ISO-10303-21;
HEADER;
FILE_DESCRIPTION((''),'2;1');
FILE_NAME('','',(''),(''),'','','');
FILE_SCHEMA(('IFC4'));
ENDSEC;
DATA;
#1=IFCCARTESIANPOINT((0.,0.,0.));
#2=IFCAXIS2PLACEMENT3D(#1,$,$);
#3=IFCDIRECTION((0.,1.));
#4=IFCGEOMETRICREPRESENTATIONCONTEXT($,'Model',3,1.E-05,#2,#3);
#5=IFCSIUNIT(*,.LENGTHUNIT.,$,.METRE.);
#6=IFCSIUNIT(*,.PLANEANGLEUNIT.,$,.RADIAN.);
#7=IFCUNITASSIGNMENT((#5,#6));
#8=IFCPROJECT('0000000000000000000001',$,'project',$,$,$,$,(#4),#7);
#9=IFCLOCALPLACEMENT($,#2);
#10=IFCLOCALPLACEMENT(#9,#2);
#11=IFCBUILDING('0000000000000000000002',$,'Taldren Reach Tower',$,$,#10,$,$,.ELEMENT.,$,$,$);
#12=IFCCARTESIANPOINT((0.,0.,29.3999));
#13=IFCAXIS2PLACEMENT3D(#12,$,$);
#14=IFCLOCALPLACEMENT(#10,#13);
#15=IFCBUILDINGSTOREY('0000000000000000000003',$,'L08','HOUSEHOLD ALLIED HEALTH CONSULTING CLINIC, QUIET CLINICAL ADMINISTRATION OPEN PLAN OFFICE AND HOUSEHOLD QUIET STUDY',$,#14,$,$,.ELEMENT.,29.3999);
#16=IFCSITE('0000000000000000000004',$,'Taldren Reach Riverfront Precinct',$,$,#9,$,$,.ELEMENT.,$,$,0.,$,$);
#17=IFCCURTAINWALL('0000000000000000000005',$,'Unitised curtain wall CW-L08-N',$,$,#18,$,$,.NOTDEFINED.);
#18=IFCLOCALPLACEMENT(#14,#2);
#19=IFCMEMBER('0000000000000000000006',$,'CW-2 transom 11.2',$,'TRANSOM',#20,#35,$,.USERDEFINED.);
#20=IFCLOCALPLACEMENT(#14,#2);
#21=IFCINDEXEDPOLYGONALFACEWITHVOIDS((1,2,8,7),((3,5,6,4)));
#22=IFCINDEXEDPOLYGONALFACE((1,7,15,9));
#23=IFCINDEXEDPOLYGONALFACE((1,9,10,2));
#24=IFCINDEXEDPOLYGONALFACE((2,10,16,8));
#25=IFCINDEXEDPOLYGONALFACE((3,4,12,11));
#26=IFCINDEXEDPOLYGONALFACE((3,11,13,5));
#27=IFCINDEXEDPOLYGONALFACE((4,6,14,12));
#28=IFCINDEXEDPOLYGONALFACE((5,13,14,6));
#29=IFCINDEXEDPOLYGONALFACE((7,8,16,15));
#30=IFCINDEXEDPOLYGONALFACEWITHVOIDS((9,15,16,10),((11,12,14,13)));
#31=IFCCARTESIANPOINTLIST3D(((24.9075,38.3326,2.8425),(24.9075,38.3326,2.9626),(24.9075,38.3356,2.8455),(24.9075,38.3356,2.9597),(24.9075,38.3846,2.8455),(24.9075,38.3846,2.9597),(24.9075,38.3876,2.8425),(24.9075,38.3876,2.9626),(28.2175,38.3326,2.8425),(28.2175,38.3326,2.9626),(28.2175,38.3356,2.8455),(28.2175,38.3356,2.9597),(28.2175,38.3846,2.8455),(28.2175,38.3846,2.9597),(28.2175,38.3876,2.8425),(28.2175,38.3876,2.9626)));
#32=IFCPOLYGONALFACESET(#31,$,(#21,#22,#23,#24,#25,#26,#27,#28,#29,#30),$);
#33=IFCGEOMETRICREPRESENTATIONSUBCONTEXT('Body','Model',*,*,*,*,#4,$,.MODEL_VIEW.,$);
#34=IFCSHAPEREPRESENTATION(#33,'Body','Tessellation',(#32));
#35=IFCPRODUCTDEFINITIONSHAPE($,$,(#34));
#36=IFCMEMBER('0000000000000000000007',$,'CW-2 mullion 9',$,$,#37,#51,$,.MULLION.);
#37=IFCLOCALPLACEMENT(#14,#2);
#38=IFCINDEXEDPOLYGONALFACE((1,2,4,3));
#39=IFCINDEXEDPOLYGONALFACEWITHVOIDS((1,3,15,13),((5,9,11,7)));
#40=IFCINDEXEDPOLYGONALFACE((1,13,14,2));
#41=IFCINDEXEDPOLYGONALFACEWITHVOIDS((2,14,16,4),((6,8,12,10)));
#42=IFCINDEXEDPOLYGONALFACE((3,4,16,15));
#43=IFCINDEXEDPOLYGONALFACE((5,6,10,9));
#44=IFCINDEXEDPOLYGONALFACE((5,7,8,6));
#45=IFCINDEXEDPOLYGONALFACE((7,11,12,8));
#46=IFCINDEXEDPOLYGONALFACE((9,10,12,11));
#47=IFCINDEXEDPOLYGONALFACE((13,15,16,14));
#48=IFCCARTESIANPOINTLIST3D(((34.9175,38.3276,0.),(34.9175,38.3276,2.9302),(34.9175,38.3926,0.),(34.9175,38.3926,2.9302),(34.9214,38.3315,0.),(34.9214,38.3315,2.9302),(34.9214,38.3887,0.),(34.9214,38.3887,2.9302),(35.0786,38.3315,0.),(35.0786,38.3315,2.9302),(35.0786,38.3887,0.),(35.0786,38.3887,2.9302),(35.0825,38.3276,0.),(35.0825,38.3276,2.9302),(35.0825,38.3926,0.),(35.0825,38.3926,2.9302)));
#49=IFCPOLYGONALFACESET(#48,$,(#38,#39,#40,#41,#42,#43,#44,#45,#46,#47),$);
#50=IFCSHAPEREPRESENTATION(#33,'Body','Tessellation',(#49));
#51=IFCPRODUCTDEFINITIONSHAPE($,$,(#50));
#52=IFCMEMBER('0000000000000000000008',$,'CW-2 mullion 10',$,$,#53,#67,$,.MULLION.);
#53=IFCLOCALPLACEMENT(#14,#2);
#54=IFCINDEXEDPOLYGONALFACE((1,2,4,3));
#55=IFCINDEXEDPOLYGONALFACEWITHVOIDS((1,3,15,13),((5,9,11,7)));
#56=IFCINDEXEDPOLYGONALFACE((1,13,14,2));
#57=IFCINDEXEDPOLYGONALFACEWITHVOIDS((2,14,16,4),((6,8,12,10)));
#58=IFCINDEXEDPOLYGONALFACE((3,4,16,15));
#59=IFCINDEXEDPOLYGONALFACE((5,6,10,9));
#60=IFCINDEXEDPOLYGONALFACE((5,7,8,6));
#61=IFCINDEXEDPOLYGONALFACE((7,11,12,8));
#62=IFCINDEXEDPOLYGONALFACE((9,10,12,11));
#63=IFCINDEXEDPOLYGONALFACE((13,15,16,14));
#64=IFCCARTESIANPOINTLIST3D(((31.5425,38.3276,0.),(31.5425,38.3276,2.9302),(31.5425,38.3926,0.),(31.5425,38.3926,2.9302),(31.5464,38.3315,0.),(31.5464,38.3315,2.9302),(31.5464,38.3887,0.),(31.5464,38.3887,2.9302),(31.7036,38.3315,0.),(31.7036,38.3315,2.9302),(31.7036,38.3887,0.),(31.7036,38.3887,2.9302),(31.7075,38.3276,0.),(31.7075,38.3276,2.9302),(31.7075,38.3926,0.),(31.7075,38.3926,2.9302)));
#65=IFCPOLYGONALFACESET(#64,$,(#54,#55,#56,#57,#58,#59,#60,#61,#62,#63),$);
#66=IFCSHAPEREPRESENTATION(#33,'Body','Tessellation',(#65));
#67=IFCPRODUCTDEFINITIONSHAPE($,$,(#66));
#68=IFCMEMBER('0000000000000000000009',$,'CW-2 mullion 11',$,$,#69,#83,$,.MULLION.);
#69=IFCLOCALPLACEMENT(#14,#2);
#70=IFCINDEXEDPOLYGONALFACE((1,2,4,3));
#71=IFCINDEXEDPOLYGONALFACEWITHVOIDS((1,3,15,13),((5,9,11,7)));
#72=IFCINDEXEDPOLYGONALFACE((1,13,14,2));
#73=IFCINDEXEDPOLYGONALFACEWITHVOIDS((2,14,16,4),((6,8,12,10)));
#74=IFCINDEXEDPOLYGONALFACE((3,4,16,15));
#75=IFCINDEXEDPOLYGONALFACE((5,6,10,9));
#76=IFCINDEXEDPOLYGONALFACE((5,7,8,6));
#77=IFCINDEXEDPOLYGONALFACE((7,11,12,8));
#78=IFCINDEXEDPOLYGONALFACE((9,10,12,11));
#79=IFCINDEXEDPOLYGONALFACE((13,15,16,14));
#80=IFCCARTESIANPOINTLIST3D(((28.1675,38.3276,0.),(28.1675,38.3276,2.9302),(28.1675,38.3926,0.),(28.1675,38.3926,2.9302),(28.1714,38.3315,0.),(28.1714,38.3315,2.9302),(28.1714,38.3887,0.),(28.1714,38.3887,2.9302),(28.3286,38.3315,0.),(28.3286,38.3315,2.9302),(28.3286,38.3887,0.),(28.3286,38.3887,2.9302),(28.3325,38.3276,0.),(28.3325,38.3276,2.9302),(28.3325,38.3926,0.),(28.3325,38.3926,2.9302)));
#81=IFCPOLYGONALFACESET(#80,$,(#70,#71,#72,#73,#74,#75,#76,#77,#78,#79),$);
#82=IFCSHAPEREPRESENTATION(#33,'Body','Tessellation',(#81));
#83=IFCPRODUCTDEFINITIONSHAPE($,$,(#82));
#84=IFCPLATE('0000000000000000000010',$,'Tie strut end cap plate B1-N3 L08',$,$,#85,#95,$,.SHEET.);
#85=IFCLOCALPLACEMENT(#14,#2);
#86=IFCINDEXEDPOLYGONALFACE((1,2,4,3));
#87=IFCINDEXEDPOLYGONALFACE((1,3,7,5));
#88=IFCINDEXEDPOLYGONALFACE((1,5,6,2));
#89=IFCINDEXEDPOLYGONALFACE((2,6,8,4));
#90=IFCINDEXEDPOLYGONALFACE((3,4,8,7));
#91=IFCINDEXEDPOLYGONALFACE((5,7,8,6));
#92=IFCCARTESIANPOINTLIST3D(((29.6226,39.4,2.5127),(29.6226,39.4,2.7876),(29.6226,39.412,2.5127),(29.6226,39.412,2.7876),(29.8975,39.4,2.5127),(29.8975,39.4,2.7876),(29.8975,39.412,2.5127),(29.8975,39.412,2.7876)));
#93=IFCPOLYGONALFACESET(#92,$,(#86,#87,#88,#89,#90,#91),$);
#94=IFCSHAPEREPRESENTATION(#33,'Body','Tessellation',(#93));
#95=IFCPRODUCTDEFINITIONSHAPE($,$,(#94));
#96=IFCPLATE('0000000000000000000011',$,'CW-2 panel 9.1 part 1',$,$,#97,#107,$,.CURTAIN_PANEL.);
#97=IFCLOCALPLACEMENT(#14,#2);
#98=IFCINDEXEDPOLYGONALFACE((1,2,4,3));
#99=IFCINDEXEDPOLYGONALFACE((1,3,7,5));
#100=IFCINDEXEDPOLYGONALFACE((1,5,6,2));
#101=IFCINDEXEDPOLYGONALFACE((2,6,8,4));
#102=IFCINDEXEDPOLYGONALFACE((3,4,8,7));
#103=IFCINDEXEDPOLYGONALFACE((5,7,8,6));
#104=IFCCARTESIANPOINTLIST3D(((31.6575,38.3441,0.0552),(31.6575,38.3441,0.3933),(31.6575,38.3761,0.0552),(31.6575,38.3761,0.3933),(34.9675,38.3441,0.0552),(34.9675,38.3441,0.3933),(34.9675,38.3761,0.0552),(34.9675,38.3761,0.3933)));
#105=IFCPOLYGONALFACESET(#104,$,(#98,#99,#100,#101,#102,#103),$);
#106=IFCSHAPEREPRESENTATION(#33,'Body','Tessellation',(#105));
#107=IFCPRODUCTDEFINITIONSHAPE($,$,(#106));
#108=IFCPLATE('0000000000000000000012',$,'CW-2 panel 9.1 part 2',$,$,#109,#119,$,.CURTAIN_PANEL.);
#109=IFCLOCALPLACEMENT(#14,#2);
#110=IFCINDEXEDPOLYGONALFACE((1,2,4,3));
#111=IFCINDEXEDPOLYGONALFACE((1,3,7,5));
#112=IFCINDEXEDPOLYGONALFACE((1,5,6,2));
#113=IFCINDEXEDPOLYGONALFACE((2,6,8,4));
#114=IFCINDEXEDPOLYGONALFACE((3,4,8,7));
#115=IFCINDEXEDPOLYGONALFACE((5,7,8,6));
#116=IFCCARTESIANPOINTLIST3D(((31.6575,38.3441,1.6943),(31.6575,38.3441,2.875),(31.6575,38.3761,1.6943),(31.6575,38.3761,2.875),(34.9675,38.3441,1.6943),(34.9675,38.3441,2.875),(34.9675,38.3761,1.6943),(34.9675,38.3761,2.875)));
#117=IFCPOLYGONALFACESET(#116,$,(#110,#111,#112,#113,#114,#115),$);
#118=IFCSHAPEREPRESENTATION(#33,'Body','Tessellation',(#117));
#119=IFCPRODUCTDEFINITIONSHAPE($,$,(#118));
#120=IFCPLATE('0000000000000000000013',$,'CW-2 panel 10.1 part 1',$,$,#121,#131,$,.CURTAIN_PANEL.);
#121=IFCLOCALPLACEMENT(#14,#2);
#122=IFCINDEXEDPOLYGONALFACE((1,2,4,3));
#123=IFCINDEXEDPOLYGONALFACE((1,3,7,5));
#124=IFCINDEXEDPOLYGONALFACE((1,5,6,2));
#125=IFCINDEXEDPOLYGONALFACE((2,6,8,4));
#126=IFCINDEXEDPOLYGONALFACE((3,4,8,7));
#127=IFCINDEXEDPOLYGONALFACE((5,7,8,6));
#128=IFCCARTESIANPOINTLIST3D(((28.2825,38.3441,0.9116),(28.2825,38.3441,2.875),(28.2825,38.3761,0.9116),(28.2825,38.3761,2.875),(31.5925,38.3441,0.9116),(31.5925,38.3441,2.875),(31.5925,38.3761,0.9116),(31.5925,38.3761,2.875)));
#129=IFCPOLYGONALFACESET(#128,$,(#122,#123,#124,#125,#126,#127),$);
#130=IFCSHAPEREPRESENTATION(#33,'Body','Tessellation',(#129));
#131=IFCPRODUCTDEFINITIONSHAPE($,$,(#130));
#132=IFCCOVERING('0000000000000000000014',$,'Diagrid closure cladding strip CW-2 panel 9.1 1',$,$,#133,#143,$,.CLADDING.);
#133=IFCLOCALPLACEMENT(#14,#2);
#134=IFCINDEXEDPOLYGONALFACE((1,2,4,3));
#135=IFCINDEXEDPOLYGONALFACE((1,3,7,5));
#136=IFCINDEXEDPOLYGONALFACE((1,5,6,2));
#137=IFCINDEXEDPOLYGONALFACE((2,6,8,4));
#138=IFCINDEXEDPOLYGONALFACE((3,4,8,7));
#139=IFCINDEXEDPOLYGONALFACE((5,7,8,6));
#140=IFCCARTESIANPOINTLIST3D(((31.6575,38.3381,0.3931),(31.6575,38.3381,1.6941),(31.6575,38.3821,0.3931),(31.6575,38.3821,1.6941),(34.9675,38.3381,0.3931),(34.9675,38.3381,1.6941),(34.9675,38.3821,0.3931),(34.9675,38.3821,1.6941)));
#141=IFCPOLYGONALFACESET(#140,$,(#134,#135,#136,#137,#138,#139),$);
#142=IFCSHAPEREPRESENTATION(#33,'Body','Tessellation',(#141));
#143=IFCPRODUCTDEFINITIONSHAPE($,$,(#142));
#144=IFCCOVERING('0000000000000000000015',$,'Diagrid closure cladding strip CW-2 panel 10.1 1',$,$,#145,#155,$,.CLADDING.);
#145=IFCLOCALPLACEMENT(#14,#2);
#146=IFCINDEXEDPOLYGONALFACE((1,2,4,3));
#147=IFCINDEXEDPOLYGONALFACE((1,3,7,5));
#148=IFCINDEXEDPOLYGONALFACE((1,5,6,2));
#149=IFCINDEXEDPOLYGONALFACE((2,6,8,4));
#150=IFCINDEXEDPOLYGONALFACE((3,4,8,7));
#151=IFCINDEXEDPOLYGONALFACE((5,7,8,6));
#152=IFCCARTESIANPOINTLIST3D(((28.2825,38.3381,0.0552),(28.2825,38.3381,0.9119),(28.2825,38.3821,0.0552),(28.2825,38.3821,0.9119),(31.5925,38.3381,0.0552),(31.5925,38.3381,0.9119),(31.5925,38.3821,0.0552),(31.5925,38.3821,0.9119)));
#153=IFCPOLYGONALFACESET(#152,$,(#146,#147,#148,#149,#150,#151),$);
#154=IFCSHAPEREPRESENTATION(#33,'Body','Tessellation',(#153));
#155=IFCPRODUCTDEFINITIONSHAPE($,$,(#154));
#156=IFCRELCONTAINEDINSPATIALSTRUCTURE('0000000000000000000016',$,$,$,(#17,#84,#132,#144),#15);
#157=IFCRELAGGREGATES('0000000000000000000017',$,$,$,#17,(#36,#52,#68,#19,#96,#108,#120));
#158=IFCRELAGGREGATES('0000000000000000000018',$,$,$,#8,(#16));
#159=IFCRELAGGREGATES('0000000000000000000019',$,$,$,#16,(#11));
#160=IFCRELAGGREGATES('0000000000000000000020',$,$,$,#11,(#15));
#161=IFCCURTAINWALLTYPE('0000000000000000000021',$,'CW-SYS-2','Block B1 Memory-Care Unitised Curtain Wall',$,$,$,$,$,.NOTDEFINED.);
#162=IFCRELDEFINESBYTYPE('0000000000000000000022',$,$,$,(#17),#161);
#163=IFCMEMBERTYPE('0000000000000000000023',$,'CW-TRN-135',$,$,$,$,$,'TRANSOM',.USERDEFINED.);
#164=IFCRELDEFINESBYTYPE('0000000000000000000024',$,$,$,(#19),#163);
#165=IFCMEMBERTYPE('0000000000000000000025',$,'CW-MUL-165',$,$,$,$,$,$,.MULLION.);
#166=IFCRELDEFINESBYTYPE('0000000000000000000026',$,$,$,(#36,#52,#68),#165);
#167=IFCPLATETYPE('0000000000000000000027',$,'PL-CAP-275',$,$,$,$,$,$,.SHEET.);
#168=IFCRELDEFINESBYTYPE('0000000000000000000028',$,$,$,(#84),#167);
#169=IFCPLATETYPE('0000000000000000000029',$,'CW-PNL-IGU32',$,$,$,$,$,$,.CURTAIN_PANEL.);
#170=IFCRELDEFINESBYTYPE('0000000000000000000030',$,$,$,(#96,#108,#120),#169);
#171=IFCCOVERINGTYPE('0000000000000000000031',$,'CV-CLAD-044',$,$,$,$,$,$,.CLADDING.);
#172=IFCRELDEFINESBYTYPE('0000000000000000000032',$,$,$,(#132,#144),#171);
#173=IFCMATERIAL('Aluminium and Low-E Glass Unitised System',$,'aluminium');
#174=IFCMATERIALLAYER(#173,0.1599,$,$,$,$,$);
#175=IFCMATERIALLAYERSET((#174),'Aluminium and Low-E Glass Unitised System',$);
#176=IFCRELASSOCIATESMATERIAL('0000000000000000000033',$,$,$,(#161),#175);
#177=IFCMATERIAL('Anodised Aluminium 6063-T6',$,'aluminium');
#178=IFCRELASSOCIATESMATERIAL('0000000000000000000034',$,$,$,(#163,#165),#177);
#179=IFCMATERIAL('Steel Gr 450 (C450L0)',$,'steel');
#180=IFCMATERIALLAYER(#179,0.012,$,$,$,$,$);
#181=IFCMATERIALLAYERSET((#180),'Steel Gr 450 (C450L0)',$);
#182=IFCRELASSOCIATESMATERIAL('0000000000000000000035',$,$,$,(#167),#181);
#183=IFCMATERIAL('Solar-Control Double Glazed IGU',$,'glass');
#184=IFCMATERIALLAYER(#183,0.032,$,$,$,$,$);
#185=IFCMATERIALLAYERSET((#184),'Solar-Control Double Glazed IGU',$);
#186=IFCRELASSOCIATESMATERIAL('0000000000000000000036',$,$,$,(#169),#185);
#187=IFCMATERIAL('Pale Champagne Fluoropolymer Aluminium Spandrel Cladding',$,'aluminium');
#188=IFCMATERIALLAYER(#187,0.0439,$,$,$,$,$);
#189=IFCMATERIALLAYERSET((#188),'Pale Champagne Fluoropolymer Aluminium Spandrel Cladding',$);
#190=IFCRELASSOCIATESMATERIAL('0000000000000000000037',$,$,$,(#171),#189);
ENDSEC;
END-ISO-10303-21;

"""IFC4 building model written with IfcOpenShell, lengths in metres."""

from ifc_helpers import new_model, si_unit, direction, frame, origin, origin_2d, place, context, subcontext, project, spatial, rectangle, hollow_rectangle, extrude, source, transform, mapped, material, layer, layer_set, material_profile, profile_set, type_object, element, aggregate, save


model = new_model("IFC4")

# Units and contexts
model_context = context("Model", 3, precision=1e-05, world=origin(), true_north=direction((0.0, 1.0)))
body_context = subcontext(model_context, "Body", "Model", "MODEL_VIEW")
ifc_project = project(units=[si_unit("LENGTHUNIT", "METRE"), si_unit("PLANEANGLEUNIT", "RADIAN")], contexts=[model_context])

# Site, building, storey
site_placement = place(None, origin())
site = spatial("IfcSite", under=ifc_project, at=site_placement, Name="Taldren Reach Riverfront Precinct", CompositionType="ELEMENT", RefElevation=0.0)
building_placement = place(site_placement, origin())
building = spatial("IfcBuilding", under=site, at=building_placement, Name="Taldren Reach Tower", CompositionType="ELEMENT")
storey_placement = place(building_placement, frame((0.0, 0.0, 29.3999)))
storey = spatial("IfcBuildingStorey", under=building, at=storey_placement, Name="L08", Description="HOUSEHOLD ALLIED HEALTH CONSULTING CLINIC, QUIET CLINICAL ADMINISTRATION OPEN PLAN OFFICE AND HOUSEHOLD QUIET STUDY", CompositionType="ELEMENT", Elevation=29.3999)

# Shared definitions
ifc_material_1 = material(Name="Steel Gr 450 (C450L0)", Category="steel")

# Curtain wall, members
ifc_material_2 = material(Name="Aluminium and Low-E Glass Unitised System", Category="aluminium")
ifc_layer_1 = layer(ifc_material_2, 0.1599)
ifc_layer_set_1 = layer_set([ifc_layer_1], Name="Aluminium and Low-E Glass Unitised System")
curtain_wall_type = type_object("IfcCurtainWallType", Name="CW-SYS-2", Description="Block B1 Memory-Care Unitised Curtain Wall", PredefinedType="NOTDEFINED", material=ifc_layer_set_1)
curtain_wall_placement = place(storey_placement, origin())
curtain_wall = element("IfcCurtainWall", 1, at=curtain_wall_placement, inside=storey, type_object=curtain_wall_type, Name="Unitised curtain wall CW-L08-N", PredefinedType="NOTDEFINED")
ifc_material_3 = material(Name="Anodised Aluminium 6063-T6", Category="aluminium")
ifc_material_profile_1 = material_profile(ifc_material_3, hollow_rectangle(XDim=0.0549, YDim=0.1201, WallThickness=0.0029, at=origin_2d()), Name="ALU-120x55x3RHS")
ifc_profile_set_1 = profile_set([ifc_material_profile_1], Name="Anodised Aluminium 6063-T6")
member_type_1 = type_object("IfcMemberType", Name="CW-TRN-135", ElementType="TRANSOM", PredefinedType="USERDEFINED", material=ifc_profile_set_1)
shared_shape_1 = source(origin(), body_context, "Body", "SweptSolid", [
    extrude(hollow_rectangle(XDim=0.0549, YDim=0.1201, WallThickness=0.0029, at=origin_2d()), origin(), (0.0, 0.0, 1.0), 3.3101),
])
member_1_placement = place(storey_placement, frame((28.2175, 38.3601, 2.9026), z_axis=(-1.0, 0.0, 0.0), x_axis=(0.0, -1.0, 0.0)))
member_1 = element("IfcMember", 2, at=member_1_placement, type_object=member_type_1, Name="CW-2 transom 11.2", ObjectType="TRANSOM", PredefinedType="USERDEFINED", context=body_context, shape_type="MappedRepresentation", body=[
    mapped(shared_shape_1, transform((0.0, 0.0, 0.0), scale=1.0)),
])
ifc_material_profile_2 = material_profile(ifc_material_3, hollow_rectangle(XDim=0.0649, YDim=0.165, WallThickness=0.0039, at=origin_2d()), Name="ALU-165x65x4RHS")
ifc_profile_set_2 = profile_set([ifc_material_profile_2], Name="Anodised Aluminium 6063-T6")
member_type_2 = type_object("IfcMemberType", Name="CW-MUL-165", PredefinedType="MULLION", material=ifc_profile_set_2)
shared_shape_2 = source(origin(), body_context, "Body", "SweptSolid", [
    extrude(hollow_rectangle(XDim=0.0649, YDim=0.165, WallThickness=0.0039, at=origin_2d()), origin(), (0.0, 0.0, 1.0), 2.9302),
])
member_2_placement = place(storey_placement, frame((35.0, 38.3601, 0.0), z_axis=(0.0, 0.0, 1.0), x_axis=(0.0, -1.0, 0.0)))
member_2 = element("IfcMember", 3, at=member_2_placement, type_object=member_type_2, Name="CW-2 mullion 9", PredefinedType="MULLION", context=body_context, shape_type="MappedRepresentation", body=[
    mapped(shared_shape_2, transform((0.0, 0.0, 0.0), scale=1.0)),
])
member_3_placement = place(storey_placement, frame((31.625, 38.3601, 0.0), z_axis=(0.0, 0.0, 1.0), x_axis=(0.0, -1.0, 0.0)))
member_3 = element("IfcMember", 4, at=member_3_placement, type_object=member_type_2, Name="CW-2 mullion 10", PredefinedType="MULLION", context=body_context, shape_type="MappedRepresentation", body=[
    mapped(shared_shape_2, transform((0.0, 0.0, 0.0), scale=1.0)),
])
member_4_placement = place(storey_placement, frame((28.25, 38.3601, 0.0), z_axis=(0.0, 0.0, 1.0), x_axis=(0.0, -1.0, 0.0)))
member_4 = element("IfcMember", 5, at=member_4_placement, type_object=member_type_2, Name="CW-2 mullion 11", PredefinedType="MULLION", context=body_context, shape_type="MappedRepresentation", body=[
    mapped(shared_shape_2, transform((0.0, 0.0, 0.0), scale=1.0)),
])

# Plates
ifc_layer_2 = layer(ifc_material_1, 0.012)
ifc_layer_set_2 = layer_set([ifc_layer_2], Name="Steel Gr 450 (C450L0)")
plate_type_1 = type_object("IfcPlateType", Name="PL-CAP-275", PredefinedType="SHEET", material=ifc_layer_set_2)
shared_shape_3 = source(origin(), body_context, "Body", "SweptSolid", [
    extrude(rectangle(XDim=0.2749, YDim=0.012, at=origin_2d()), origin(), (0.0, 0.0, 1.0), 0.2749),
])
plate_1_placement = place(storey_placement, frame((29.76, 39.406, 2.5127), z_axis=(0.0, 0.0, 1.0), x_axis=(1.0, 0.0, 0.0)))
element("IfcPlate", 6, at=plate_1_placement, inside=storey, type_object=plate_type_1, Name="Tie strut end cap plate B1-N3 L08", PredefinedType="SHEET", context=body_context, shape_type="MappedRepresentation", body=[
    mapped(shared_shape_3, transform((0.0, 0.0, 0.0), scale=1.0)),
])
ifc_material_4 = material(Name="Solar-Control Double Glazed IGU", Category="glass")
ifc_layer_3 = layer(ifc_material_4, 0.032)
ifc_layer_set_3 = layer_set([ifc_layer_3], Name="Solar-Control Double Glazed IGU")
plate_type_2 = type_object("IfcPlateType", Name="CW-PNL-IGU32", PredefinedType="CURTAIN_PANEL", material=ifc_layer_set_3)
shared_shape_4 = source(origin(), body_context, "Body", "SweptSolid", [
    extrude(rectangle(XDim=3.3101, YDim=0.032, at=origin_2d()), origin(), (0.0, 0.0, 1.0), 0.3381),
])
plate_2_placement = place(storey_placement, frame((33.3125, 38.3601, 0.0552), z_axis=(0.0, 0.0, 1.0), x_axis=(-1.0, 0.0, 0.0)))
plate_2 = element("IfcPlate", 7, at=plate_2_placement, type_object=plate_type_2, Name="CW-2 panel 9.1 part 1", PredefinedType="CURTAIN_PANEL", context=body_context, shape_type="MappedRepresentation", body=[
    mapped(shared_shape_4, transform((0.0, 0.0, 0.0), scale=1.0)),
])
shared_shape_5 = source(origin(), body_context, "Body", "SweptSolid", [
    extrude(rectangle(XDim=3.3101, YDim=0.032, at=origin_2d()), origin(), (0.0, 0.0, 1.0), 1.1807),
])
plate_3_placement = place(storey_placement, frame((33.3125, 38.3601, 1.6943), z_axis=(0.0, 0.0, 1.0), x_axis=(-1.0, 0.0, 0.0)))
plate_3 = element("IfcPlate", 8, at=plate_3_placement, type_object=plate_type_2, Name="CW-2 panel 9.1 part 2", PredefinedType="CURTAIN_PANEL", context=body_context, shape_type="MappedRepresentation", body=[
    mapped(shared_shape_5, transform((0.0, 0.0, 0.0), scale=1.0)),
])
shared_shape_6 = source(origin(), body_context, "Body", "SweptSolid", [
    extrude(rectangle(XDim=3.3101, YDim=0.032, at=origin_2d()), origin(), (0.0, 0.0, 1.0), 1.9634),
])
plate_4_placement = place(storey_placement, frame((29.9375, 38.3601, 0.9116), z_axis=(0.0, 0.0, 1.0), x_axis=(-1.0, 0.0, 0.0)))
plate_4 = element("IfcPlate", 9, at=plate_4_placement, type_object=plate_type_2, Name="CW-2 panel 10.1 part 1", PredefinedType="CURTAIN_PANEL", context=body_context, shape_type="MappedRepresentation", body=[
    mapped(shared_shape_6, transform((0.0, 0.0, 0.0), scale=1.0)),
])
aggregate(curtain_wall, [member_2, member_3, member_4, member_1, plate_2, plate_3, plate_4])

# Coverings
ifc_material_5 = material(Name="Pale Champagne Fluoropolymer Aluminium Spandrel Cladding", Category="aluminium")
ifc_layer_4 = layer(ifc_material_5, 0.0439)
ifc_layer_set_4 = layer_set([ifc_layer_4], Name="Pale Champagne Fluoropolymer Aluminium Spandrel Cladding")
covering_type = type_object("IfcCoveringType", Name="CV-CLAD-044", PredefinedType="CLADDING", material=ifc_layer_set_4)
shared_shape_7 = source(origin(), body_context, "Body", "SweptSolid", [
    extrude(rectangle(XDim=3.3101, YDim=0.0439, at=origin_2d()), origin(), (0.0, 0.0, 1.0), 1.301),
])
covering_1_placement = place(storey_placement, frame((33.3125, 38.3601, 0.3931), z_axis=(0.0, 0.0, 1.0), x_axis=(-1.0, 0.0, 0.0)))
element("IfcCovering", 10, at=covering_1_placement, inside=storey, type_object=covering_type, Name="Diagrid closure cladding strip CW-2 panel 9.1 1", PredefinedType="CLADDING", context=body_context, shape_type="MappedRepresentation", body=[
    mapped(shared_shape_7, transform((0.0, 0.0, 0.0), scale=1.0)),
])
shared_shape_8 = source(origin(), body_context, "Body", "SweptSolid", [
    extrude(rectangle(XDim=3.3101, YDim=0.0439, at=origin_2d()), origin(), (0.0, 0.0, 1.0), 0.8567),
])
covering_2_placement = place(storey_placement, frame((29.9375, 38.3601, 0.0552), z_axis=(0.0, 0.0, 1.0), x_axis=(-1.0, 0.0, 0.0)))
element("IfcCovering", 11, at=covering_2_placement, inside=storey, type_object=covering_type, Name="Diagrid closure cladding strip CW-2 panel 10.1 1", PredefinedType="CLADDING", context=body_context, shape_type="MappedRepresentation", body=[
    mapped(shared_shape_8, transform((0.0, 0.0, 0.0), scale=1.0)),
])

save(model, "model.ifc")
